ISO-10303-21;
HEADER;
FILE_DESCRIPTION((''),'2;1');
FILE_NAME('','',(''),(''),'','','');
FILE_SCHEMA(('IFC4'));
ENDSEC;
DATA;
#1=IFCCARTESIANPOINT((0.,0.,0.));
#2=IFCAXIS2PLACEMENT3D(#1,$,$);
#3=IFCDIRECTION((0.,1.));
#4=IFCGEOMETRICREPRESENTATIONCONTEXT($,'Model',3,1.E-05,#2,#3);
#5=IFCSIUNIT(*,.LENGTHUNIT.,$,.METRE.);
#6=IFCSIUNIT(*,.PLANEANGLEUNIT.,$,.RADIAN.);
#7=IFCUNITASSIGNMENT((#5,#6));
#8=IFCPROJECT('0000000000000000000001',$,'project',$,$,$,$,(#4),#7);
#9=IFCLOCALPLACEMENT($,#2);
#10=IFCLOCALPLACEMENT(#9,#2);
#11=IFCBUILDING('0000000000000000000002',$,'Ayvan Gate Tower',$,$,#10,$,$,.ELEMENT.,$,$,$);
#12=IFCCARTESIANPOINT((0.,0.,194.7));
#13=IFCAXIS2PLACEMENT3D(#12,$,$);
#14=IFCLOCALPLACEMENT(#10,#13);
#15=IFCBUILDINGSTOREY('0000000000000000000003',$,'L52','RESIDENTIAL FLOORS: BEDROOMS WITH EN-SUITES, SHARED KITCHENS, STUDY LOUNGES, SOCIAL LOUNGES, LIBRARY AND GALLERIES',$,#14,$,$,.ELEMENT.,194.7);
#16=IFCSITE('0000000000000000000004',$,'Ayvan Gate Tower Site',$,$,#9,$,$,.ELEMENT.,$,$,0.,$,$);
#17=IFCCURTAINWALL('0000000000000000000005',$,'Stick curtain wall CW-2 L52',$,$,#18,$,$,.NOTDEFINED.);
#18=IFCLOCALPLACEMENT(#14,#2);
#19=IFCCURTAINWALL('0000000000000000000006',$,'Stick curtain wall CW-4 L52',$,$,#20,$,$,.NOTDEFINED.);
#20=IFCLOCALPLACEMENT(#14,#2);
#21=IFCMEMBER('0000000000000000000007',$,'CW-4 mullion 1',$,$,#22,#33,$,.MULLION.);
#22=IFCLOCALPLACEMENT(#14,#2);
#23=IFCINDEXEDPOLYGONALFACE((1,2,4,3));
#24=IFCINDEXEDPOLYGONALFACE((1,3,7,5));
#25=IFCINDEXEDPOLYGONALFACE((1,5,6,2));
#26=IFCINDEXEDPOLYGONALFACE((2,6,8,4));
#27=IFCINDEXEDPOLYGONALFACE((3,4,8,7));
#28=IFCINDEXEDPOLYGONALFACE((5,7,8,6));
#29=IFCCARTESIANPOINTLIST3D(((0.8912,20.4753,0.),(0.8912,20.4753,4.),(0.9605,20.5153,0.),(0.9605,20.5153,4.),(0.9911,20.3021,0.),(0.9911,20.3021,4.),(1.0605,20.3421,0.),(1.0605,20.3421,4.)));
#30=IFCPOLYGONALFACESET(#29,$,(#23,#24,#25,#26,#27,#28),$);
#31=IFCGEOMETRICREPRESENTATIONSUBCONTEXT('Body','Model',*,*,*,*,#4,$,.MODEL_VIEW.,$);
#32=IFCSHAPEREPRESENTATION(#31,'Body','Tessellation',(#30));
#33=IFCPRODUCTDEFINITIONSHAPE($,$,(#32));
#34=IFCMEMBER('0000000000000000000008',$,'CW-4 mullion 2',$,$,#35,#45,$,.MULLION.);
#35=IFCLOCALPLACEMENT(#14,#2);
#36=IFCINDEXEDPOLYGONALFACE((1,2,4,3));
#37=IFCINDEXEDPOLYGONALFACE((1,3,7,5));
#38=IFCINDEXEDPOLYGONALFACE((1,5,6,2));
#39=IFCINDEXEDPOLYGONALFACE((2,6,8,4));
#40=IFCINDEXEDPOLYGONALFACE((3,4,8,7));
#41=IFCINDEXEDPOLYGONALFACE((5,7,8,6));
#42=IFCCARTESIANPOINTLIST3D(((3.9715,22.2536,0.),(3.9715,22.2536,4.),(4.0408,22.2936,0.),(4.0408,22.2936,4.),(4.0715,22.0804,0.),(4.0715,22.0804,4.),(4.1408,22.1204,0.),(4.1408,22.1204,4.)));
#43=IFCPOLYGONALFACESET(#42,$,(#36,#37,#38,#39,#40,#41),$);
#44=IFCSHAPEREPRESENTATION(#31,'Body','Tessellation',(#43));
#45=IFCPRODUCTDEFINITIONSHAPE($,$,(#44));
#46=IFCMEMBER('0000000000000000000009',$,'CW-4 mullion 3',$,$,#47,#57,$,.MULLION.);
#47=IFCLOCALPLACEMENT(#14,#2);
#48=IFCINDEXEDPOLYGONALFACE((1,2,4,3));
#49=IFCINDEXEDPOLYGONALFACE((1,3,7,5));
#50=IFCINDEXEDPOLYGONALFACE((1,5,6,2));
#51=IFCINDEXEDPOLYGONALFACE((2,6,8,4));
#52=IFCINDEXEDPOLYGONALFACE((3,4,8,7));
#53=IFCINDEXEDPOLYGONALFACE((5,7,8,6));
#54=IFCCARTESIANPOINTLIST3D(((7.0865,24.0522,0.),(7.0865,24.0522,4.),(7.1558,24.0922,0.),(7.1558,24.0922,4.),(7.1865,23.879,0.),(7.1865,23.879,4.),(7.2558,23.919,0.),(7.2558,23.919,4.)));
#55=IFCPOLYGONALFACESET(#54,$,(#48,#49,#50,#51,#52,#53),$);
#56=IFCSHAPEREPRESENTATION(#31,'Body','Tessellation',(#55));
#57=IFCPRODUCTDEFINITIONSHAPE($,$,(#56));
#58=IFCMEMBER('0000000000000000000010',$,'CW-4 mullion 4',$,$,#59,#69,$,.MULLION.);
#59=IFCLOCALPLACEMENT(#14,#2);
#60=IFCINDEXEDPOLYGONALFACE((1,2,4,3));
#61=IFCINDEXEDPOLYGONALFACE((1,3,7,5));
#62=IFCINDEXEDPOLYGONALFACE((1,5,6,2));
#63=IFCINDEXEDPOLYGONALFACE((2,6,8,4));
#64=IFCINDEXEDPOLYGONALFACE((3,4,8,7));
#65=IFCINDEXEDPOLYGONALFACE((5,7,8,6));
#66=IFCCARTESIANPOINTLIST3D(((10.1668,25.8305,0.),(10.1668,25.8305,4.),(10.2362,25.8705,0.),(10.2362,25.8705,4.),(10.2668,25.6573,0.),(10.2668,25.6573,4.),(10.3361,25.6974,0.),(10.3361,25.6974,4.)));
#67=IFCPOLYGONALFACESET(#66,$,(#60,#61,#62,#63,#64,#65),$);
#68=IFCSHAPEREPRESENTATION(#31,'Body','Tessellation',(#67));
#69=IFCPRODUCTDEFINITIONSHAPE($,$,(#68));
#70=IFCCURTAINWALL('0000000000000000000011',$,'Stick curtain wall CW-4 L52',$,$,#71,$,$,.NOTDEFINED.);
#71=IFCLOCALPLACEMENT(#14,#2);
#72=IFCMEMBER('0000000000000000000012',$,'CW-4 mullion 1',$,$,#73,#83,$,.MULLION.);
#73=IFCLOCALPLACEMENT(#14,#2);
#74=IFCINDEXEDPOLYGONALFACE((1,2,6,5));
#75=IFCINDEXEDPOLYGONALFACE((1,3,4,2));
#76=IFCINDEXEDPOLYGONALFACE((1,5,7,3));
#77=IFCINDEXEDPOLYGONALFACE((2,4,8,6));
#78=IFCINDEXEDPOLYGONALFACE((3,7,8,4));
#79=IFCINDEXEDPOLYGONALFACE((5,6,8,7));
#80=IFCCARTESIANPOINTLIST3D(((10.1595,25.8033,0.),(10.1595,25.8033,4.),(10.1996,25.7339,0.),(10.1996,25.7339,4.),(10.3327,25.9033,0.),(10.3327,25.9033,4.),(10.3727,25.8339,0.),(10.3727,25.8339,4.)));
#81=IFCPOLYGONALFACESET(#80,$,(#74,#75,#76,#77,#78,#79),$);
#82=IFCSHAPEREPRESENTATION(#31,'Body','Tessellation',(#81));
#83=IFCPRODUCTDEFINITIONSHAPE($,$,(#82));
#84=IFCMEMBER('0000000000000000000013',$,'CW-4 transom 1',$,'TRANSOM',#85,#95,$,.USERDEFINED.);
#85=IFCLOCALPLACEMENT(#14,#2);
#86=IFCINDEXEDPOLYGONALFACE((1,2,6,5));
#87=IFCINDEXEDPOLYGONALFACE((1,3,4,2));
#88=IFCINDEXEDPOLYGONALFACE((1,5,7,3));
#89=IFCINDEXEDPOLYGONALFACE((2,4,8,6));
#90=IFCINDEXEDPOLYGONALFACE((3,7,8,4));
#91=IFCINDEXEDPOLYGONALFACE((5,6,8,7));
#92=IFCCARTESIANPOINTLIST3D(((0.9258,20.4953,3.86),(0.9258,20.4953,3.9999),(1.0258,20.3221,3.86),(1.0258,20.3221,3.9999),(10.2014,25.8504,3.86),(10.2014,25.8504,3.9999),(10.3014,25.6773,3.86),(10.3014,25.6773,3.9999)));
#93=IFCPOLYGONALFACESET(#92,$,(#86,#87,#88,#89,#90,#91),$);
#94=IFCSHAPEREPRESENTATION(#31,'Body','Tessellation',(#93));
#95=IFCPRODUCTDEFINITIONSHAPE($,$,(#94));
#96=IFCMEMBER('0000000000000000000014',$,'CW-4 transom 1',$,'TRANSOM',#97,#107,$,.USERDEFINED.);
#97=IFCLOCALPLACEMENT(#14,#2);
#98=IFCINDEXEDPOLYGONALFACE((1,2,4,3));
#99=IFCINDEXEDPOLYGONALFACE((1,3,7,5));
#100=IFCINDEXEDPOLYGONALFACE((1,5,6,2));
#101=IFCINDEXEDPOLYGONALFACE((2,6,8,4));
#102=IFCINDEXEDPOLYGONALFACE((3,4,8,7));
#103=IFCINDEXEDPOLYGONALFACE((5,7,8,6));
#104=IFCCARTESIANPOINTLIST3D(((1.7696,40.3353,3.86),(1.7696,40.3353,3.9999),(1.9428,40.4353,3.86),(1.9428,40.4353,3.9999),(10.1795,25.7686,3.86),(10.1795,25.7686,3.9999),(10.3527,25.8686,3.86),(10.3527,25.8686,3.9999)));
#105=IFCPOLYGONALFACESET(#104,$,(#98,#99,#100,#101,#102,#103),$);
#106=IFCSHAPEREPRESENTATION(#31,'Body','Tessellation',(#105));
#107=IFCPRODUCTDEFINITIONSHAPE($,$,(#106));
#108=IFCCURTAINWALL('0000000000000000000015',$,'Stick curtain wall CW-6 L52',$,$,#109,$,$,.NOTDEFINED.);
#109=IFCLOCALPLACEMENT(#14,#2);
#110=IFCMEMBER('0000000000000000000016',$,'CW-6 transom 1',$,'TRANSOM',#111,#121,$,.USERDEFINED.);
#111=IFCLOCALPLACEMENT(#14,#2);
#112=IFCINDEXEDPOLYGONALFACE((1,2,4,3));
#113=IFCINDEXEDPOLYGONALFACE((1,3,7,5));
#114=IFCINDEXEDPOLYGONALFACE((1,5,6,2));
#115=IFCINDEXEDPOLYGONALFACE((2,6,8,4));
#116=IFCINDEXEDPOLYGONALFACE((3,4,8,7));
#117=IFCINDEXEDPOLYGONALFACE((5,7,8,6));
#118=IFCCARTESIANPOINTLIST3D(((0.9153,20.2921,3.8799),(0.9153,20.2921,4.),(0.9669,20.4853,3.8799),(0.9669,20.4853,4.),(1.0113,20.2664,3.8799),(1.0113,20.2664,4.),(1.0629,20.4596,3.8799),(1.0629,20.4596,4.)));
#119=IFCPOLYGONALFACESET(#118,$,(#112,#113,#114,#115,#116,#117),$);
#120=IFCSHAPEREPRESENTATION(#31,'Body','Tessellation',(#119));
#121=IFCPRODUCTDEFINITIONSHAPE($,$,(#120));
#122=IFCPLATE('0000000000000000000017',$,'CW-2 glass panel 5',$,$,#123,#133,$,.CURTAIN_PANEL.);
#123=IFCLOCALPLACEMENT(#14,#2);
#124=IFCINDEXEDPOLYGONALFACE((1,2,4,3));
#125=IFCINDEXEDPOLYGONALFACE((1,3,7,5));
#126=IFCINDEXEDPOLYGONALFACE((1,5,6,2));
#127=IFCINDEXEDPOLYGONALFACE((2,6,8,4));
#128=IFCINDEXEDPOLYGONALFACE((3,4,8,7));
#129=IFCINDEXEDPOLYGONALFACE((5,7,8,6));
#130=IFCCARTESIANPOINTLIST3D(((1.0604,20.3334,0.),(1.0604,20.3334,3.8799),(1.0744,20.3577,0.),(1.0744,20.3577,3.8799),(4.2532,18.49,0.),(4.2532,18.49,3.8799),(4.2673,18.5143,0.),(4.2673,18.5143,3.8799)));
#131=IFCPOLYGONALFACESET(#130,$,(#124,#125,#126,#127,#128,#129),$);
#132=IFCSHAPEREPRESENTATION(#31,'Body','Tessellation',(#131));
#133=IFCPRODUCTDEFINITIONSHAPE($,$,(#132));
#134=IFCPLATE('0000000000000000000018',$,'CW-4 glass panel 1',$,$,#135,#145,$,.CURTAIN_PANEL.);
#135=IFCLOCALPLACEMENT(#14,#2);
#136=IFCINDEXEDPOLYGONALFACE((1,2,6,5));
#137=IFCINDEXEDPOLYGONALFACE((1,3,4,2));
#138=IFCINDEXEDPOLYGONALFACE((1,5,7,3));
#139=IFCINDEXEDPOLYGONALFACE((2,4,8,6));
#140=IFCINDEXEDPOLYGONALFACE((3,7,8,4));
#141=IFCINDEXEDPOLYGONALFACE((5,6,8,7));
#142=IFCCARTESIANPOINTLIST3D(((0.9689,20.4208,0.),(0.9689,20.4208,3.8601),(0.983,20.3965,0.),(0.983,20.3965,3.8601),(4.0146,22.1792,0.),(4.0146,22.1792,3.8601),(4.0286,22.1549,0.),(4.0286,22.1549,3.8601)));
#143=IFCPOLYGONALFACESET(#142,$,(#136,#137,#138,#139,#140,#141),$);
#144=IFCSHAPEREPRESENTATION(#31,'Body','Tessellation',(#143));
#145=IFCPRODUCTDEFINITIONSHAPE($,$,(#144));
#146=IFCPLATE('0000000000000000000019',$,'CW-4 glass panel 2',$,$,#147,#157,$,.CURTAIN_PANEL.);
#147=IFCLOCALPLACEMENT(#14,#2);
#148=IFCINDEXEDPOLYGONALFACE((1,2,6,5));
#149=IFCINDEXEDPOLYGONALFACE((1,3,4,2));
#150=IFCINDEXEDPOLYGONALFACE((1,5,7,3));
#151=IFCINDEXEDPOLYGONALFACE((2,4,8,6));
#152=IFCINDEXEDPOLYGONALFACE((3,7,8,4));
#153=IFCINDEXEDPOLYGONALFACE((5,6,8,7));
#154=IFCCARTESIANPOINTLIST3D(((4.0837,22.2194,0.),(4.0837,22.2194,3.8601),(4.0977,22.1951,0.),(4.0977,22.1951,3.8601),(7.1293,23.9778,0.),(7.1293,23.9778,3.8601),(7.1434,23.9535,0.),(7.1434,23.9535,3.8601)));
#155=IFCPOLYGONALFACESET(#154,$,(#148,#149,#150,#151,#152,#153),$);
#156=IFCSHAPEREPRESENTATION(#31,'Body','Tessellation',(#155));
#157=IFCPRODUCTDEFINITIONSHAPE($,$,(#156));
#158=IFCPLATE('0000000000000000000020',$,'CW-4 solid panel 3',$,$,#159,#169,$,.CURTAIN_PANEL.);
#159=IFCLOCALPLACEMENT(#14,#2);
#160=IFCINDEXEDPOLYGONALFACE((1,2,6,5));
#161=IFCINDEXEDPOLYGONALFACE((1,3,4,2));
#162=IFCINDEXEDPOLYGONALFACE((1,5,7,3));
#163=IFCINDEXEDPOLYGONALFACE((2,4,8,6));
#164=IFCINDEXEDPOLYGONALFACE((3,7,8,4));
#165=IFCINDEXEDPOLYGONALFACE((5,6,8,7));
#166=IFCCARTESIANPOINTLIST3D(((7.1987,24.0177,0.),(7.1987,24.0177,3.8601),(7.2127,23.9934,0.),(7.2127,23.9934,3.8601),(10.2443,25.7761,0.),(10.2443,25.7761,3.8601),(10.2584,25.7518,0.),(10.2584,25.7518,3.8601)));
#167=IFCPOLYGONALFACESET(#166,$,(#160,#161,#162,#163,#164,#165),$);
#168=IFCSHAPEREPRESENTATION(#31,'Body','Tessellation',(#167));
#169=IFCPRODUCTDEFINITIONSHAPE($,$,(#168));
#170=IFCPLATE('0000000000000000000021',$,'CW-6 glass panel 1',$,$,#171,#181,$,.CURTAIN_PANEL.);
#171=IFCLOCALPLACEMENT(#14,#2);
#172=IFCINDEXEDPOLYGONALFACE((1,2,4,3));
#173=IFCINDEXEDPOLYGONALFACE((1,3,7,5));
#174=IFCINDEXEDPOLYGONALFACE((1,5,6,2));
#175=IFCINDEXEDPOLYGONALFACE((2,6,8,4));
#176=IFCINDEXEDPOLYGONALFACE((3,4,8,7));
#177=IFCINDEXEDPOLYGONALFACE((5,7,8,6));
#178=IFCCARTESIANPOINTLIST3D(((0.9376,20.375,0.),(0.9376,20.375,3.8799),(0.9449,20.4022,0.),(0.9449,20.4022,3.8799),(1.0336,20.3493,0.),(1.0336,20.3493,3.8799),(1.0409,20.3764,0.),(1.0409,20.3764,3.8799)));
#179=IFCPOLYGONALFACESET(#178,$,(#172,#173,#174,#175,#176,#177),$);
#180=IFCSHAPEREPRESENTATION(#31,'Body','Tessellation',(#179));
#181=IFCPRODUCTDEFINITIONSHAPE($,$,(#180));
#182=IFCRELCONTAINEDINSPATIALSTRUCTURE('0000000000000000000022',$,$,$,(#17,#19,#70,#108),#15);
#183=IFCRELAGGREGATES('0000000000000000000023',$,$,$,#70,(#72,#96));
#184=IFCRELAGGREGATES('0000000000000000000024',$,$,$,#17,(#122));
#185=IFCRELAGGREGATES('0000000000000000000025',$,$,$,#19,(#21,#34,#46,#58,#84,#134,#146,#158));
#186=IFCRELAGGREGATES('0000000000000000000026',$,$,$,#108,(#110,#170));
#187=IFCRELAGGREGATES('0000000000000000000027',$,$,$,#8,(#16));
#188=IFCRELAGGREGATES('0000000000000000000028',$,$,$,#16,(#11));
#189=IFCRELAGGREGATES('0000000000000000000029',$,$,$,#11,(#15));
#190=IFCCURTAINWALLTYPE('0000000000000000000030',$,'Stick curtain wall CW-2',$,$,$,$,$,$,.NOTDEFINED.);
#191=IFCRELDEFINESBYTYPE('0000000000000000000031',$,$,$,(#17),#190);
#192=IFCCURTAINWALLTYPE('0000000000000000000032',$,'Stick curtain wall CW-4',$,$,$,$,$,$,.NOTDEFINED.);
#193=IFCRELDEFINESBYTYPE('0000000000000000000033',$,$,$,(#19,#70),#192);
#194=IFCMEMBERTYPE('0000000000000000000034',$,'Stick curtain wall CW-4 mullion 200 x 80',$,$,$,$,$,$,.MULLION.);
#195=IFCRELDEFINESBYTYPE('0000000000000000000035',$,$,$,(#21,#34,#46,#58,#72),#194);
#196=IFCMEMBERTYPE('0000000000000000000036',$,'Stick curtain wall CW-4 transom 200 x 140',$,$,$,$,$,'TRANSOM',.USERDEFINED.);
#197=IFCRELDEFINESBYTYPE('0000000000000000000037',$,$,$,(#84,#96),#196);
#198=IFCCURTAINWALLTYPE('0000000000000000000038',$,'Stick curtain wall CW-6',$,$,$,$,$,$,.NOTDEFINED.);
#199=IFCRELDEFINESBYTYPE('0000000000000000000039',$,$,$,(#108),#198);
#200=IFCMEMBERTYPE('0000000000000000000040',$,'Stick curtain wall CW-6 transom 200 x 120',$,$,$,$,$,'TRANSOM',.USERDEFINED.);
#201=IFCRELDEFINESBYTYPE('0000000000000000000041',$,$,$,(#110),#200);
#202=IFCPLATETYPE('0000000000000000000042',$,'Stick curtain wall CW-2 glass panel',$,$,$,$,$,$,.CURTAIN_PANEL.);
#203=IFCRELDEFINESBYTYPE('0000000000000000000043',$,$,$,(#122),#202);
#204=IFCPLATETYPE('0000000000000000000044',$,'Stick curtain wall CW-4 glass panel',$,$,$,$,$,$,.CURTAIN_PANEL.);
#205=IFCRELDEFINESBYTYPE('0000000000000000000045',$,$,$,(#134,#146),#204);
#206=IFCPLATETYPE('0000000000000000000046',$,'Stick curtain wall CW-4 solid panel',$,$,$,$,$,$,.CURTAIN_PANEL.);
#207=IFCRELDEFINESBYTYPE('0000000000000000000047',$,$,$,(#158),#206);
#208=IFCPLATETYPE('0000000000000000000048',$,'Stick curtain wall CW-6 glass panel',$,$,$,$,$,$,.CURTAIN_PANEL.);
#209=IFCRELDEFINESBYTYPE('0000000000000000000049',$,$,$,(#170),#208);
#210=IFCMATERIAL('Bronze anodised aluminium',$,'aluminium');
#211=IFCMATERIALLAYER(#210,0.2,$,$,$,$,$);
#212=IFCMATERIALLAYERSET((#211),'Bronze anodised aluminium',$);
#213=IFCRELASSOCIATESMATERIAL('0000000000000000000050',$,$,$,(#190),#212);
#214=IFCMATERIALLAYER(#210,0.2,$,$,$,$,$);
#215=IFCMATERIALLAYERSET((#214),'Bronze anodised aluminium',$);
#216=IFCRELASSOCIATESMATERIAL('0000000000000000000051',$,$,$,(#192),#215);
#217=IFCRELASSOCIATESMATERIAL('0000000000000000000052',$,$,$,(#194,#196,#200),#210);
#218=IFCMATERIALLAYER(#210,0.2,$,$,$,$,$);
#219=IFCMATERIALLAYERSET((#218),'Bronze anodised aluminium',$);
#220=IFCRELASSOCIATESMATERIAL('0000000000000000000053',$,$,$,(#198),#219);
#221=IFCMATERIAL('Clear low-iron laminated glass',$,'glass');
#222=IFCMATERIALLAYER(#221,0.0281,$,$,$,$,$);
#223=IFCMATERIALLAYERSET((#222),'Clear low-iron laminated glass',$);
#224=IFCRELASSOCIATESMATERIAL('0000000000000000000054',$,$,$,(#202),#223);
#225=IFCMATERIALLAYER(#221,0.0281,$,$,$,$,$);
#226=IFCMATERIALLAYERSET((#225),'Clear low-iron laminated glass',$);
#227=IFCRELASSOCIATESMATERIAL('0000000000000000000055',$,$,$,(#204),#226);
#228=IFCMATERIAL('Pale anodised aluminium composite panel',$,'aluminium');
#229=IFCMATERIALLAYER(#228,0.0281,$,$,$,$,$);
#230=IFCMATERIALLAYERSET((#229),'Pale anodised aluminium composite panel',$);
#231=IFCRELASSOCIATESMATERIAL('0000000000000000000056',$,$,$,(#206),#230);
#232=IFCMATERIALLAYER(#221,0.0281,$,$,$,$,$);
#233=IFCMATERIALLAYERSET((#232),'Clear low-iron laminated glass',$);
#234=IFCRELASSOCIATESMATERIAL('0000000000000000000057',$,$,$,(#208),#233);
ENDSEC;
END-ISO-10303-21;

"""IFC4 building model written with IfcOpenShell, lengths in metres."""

from ifc_helpers import new_model, si_unit, direction, frame, origin, origin_2d, place, context, subcontext, project, spatial, rectangle, extrude, material, layer, layer_set, material_profile, profile_set, type_object, element, aggregate, save


model = new_model("IFC4")

# Units and contexts
model_context = context("Model", 3, precision=1e-05, world=origin(), true_north=direction((0.0, 1.0)))
body_context = subcontext(model_context, "Body", "Model", "MODEL_VIEW")
ifc_project = project(units=[si_unit("LENGTHUNIT", "METRE"), si_unit("PLANEANGLEUNIT", "RADIAN")], contexts=[model_context])

# Site, building, storey
site_placement = place(None, origin())
site = spatial("IfcSite", under=ifc_project, at=site_placement, Name="Ayvan Gate Tower Site", CompositionType="ELEMENT", RefElevation=0.0)
building_placement = place(site_placement, origin())
building = spatial("IfcBuilding", under=site, at=building_placement, Name="Ayvan Gate Tower", CompositionType="ELEMENT")
storey_placement = place(building_placement, frame((0.0, 0.0, 194.7)))
storey = spatial("IfcBuildingStorey", under=building, at=storey_placement, Name="L52", Description="RESIDENTIAL FLOORS: BEDROOMS WITH EN-SUITES, SHARED KITCHENS, STUDY LOUNGES, SOCIAL LOUNGES, LIBRARY AND GALLERIES", CompositionType="ELEMENT", Elevation=194.7)

# Curtain walls, members
ifc_material_1 = material(Name="Bronze anodised aluminium", Category="aluminium")
ifc_layer_1 = layer(ifc_material_1, 0.2)
ifc_layer_set_1 = layer_set([ifc_layer_1], Name="Bronze anodised aluminium")
curtain_wall_type_1 = type_object("IfcCurtainWallType", Name="Stick curtain wall CW-2", PredefinedType="NOTDEFINED", material=ifc_layer_set_1)
curtain_wall_1_placement = place(storey_placement, origin())
curtain_wall_1 = element("IfcCurtainWall", 1, at=curtain_wall_1_placement, inside=storey, type_object=curtain_wall_type_1, Name="Stick curtain wall CW-2 L52", PredefinedType="NOTDEFINED")
ifc_layer_2 = layer(ifc_material_1, 0.2)
ifc_layer_set_2 = layer_set([ifc_layer_2], Name="Bronze anodised aluminium")
curtain_wall_type_2 = type_object("IfcCurtainWallType", Name="Stick curtain wall CW-4", PredefinedType="NOTDEFINED", material=ifc_layer_set_2)
curtain_wall_2_placement = place(storey_placement, origin())
curtain_wall_2 = element("IfcCurtainWall", 2, at=curtain_wall_2_placement, inside=storey, type_object=curtain_wall_type_2, Name="Stick curtain wall CW-4 L52", PredefinedType="NOTDEFINED")
ifc_material_profile_1 = material_profile(ifc_material_1, rectangle(XDim=0.2, YDim=0.0801, at=origin_2d()), Name="Stick curtain wall CW-4 mullion 200 x 80")
ifc_profile_set_1 = profile_set([ifc_material_profile_1], Name="Bronze anodised aluminium")
member_type_1 = type_object("IfcMemberType", Name="Stick curtain wall CW-4 mullion 200 x 80", PredefinedType="MULLION", material=ifc_profile_set_1)
member_1_placement = place(storey_placement, frame((0.9758, 20.4087, 0.0), z_axis=(0.0, 0.0, 1.0), x_axis=(0.5, -0.866025, 0.0)))
member_1 = element("IfcMember", 3, at=member_1_placement, type_object=member_type_1, Name="CW-4 mullion 1", PredefinedType="MULLION", context=body_context, shape_type="SweptSolid", body=[
    extrude(rectangle(XDim=0.2, YDim=0.0801, at=origin_2d()), origin(), (0.0, 0.0, 1.0), 4.0),
])
member_2_placement = place(storey_placement, frame((4.0562, 22.187, 0.0), z_axis=(0.0, 0.0, 1.0), x_axis=(0.5, -0.866025, 0.0)))
member_2 = element("IfcMember", 4, at=member_2_placement, type_object=member_type_1, Name="CW-4 mullion 2", PredefinedType="MULLION", context=body_context, shape_type="SweptSolid", body=[
    extrude(rectangle(XDim=0.2, YDim=0.0801, at=origin_2d()), origin(), (0.0, 0.0, 1.0), 4.0),
])
member_3_placement = place(storey_placement, frame((7.1711, 23.9856, 0.0), z_axis=(0.0, 0.0, 1.0), x_axis=(0.5, -0.866025, 0.0)))
member_3 = element("IfcMember", 5, at=member_3_placement, type_object=member_type_1, Name="CW-4 mullion 3", PredefinedType="MULLION", context=body_context, shape_type="SweptSolid", body=[
    extrude(rectangle(XDim=0.2, YDim=0.0801, at=origin_2d()), origin(), (0.0, 0.0, 1.0), 4.0),
])
member_4_placement = place(storey_placement, frame((10.2515, 25.7639, 0.0), z_axis=(0.0, 0.0, 1.0), x_axis=(0.5, -0.866025, 0.0)))
member_4 = element("IfcMember", 6, at=member_4_placement, type_object=member_type_1, Name="CW-4 mullion 4", PredefinedType="MULLION", context=body_context, shape_type="SweptSolid", body=[
    extrude(rectangle(XDim=0.2, YDim=0.0801, at=origin_2d()), origin(), (0.0, 0.0, 1.0), 4.0),
])

# Curtain wall, member
curtain_wall_3_placement = place(storey_placement, origin())
curtain_wall_3 = element("IfcCurtainWall", 7, at=curtain_wall_3_placement, inside=storey, type_object=curtain_wall_type_2, Name="Stick curtain wall CW-4 L52", PredefinedType="NOTDEFINED")
member_5_placement = place(storey_placement, frame((10.2661, 25.8186, 0.0), z_axis=(0.0, 0.0, 1.0), x_axis=(0.866025, 0.5, 0.0)))
member_5 = element("IfcMember", 8, at=member_5_placement, type_object=member_type_1, Name="CW-4 mullion 1", PredefinedType="MULLION", context=body_context, shape_type="SweptSolid", body=[
    extrude(rectangle(XDim=0.2, YDim=0.0801, at=origin_2d()), origin(), (0.0, 0.0, 1.0), 4.0),
])

# Members
ifc_material_profile_2 = material_profile(ifc_material_1, rectangle(XDim=0.2, YDim=0.1399, at=origin_2d()), Name="Stick curtain wall CW-4 transom 200 x 140")
ifc_profile_set_2 = profile_set([ifc_material_profile_2], Name="Bronze anodised aluminium")
member_type_2 = type_object("IfcMemberType", Name="Stick curtain wall CW-4 transom 200 x 140", ElementType="TRANSOM", PredefinedType="USERDEFINED", material=ifc_profile_set_2)
member_6_placement = place(storey_placement, frame((0.9758, 20.4087, 3.9299), z_axis=(0.866028, 0.499995, 0.0), x_axis=(-0.499995, 0.866028, 0.0)))
member_6 = element("IfcMember", 9, at=member_6_placement, type_object=member_type_2, Name="CW-4 transom 1", ObjectType="TRANSOM", PredefinedType="USERDEFINED", context=body_context, shape_type="SweptSolid", body=[
    extrude(rectangle(XDim=0.2, YDim=0.1399, at=origin_2d()), origin(), (0.0, 0.0, 1.0), 10.7104),
])
member_7_placement = place(storey_placement, frame((10.2661, 25.8186, 3.9299), z_axis=(-0.499993, 0.866029, 0.0), x_axis=(-0.866029, -0.499993, 0.0)))
member_7 = element("IfcMember", 10, at=member_7_placement, type_object=member_type_2, Name="CW-4 transom 1", ObjectType="TRANSOM", PredefinedType="USERDEFINED", context=body_context, shape_type="SweptSolid", body=[
    extrude(rectangle(XDim=0.2, YDim=0.1399, at=origin_2d()), origin(), (0.0, 0.0, 1.0), 16.8201),
])
aggregate(curtain_wall_3, [member_5, member_7])

# Curtain wall, member
ifc_layer_3 = layer(ifc_material_1, 0.2)
ifc_layer_set_3 = layer_set([ifc_layer_3], Name="Bronze anodised aluminium")
curtain_wall_type_3 = type_object("IfcCurtainWallType", Name="Stick curtain wall CW-6", PredefinedType="NOTDEFINED", material=ifc_layer_set_3)
curtain_wall_4_placement = place(storey_placement, origin())
curtain_wall_4 = element("IfcCurtainWall", 11, at=curtain_wall_4_placement, inside=storey, type_object=curtain_wall_type_3, Name="Stick curtain wall CW-6 L52", PredefinedType="NOTDEFINED")
ifc_material_profile_3 = material_profile(ifc_material_1, rectangle(XDim=0.2, YDim=0.1201, at=origin_2d()), Name="Stick curtain wall CW-6 transom 200 x 120")
ifc_profile_set_3 = profile_set([ifc_material_profile_3], Name="Bronze anodised aluminium")
member_type_3 = type_object("IfcMemberType", Name="Stick curtain wall CW-6 transom 200 x 120", ElementType="TRANSOM", PredefinedType="USERDEFINED", material=ifc_profile_set_3)
member_8_placement = place(storey_placement, frame((1.0371, 20.363, 3.9399), z_axis=(-0.966112, 0.258122, 0.0), x_axis=(-0.258122, -0.966112, 0.0)))
member_8 = element("IfcMember", 12, at=member_8_placement, type_object=member_type_3, Name="CW-6 transom 1", ObjectType="TRANSOM", PredefinedType="USERDEFINED", context=body_context, shape_type="SweptSolid", body=[
    extrude(rectangle(XDim=0.2, YDim=0.1201, at=origin_2d()), origin(), (0.0, 0.0, 1.0), 0.0994),
])

# Plates
ifc_material_2 = material(Name="Clear low-iron laminated glass", Category="glass")
ifc_layer_4 = layer(ifc_material_2, 0.0281)
ifc_layer_set_4 = layer_set([ifc_layer_4], Name="Clear low-iron laminated glass")
plate_type_1 = type_object("IfcPlateType", Name="Stick curtain wall CW-2 glass panel", PredefinedType="CURTAIN_PANEL", material=ifc_layer_set_4)
plate_1_placement = place(storey_placement, frame((2.6638, 19.4238, 0.0), z_axis=(0.0, 0.0, 1.0), x_axis=(-0.866025, 0.5, 0.0)))
plate_1 = element("IfcPlate", 13, at=plate_1_placement, type_object=plate_type_1, Name="CW-2 glass panel 5", PredefinedType="CURTAIN_PANEL", context=body_context, shape_type="SweptSolid", body=[
    extrude(rectangle(XDim=3.6868, YDim=0.0281, at=origin_2d()), origin(), (0.0, 0.0, 1.0), 3.8799),
])
aggregate(curtain_wall_1, [plate_1])
ifc_layer_5 = layer(ifc_material_2, 0.0281)
ifc_layer_set_5 = layer_set([ifc_layer_5], Name="Clear low-iron laminated glass")
plate_type_2 = type_object("IfcPlateType", Name="Stick curtain wall CW-4 glass panel", PredefinedType="CURTAIN_PANEL", material=ifc_layer_set_5)
plate_2_placement = place(storey_placement, frame((2.4988, 21.2878, 0.0), z_axis=(0.0, 0.0, 1.0), x_axis=(0.866025, 0.5, 0.0)))
plate_2 = element("IfcPlate", 14, at=plate_2_placement, type_object=plate_type_2, Name="CW-4 glass panel 1", PredefinedType="CURTAIN_PANEL", context=body_context, shape_type="SweptSolid", body=[
    extrude(rectangle(XDim=3.5168, YDim=0.0281, at=origin_2d()), origin(), (0.0, 0.0, 1.0), 3.8601),
])
plate_3_placement = place(storey_placement, frame((5.6135, 23.0864, 0.0), z_axis=(0.0, 0.0, 1.0), x_axis=(0.866025, 0.5, 0.0)))
plate_3 = element("IfcPlate", 15, at=plate_3_placement, type_object=plate_type_2, Name="CW-4 glass panel 2", PredefinedType="CURTAIN_PANEL", context=body_context, shape_type="SweptSolid", body=[
    extrude(rectangle(XDim=3.5168, YDim=0.0281, at=origin_2d()), origin(), (0.0, 0.0, 1.0), 3.8601),
])
ifc_material_3 = material(Name="Pale anodised aluminium composite panel", Category="aluminium")
ifc_layer_6 = layer(ifc_material_3, 0.0281)
ifc_layer_set_6 = layer_set([ifc_layer_6], Name="Pale anodised aluminium composite panel")
plate_type_3 = type_object("IfcPlateType", Name="Stick curtain wall CW-4 solid panel", PredefinedType="CURTAIN_PANEL", material=ifc_layer_set_6)
plate_4_placement = place(storey_placement, frame((8.7285, 24.8848, 0.0), z_axis=(0.0, 0.0, 1.0), x_axis=(0.866025, 0.5, 0.0)))
plate_4 = element("IfcPlate", 16, at=plate_4_placement, type_object=plate_type_3, Name="CW-4 solid panel 3", PredefinedType="CURTAIN_PANEL", context=body_context, shape_type="SweptSolid", body=[
    extrude(rectangle(XDim=3.5168, YDim=0.0281, at=origin_2d()), origin(), (0.0, 0.0, 1.0), 3.8601),
])
aggregate(curtain_wall_2, [member_1, member_2, member_3, member_4, member_6, plate_2, plate_3, plate_4])
ifc_layer_7 = layer(ifc_material_2, 0.0281)
ifc_layer_set_7 = layer_set([ifc_layer_7], Name="Clear low-iron laminated glass")
plate_type_4 = type_object("IfcPlateType", Name="Stick curtain wall CW-6 glass panel", PredefinedType="CURTAIN_PANEL", material=ifc_layer_set_7)
plate_5_placement = place(storey_placement, frame((0.9893, 20.3757, 0.0), z_axis=(0.0, 0.0, 1.0), x_axis=(-0.965926, 0.258819, 0.0)))
plate_5 = element("IfcPlate", 17, at=plate_5_placement, type_object=plate_type_4, Name="CW-6 glass panel 1", PredefinedType="CURTAIN_PANEL", context=body_context, shape_type="SweptSolid", body=[
    extrude(rectangle(XDim=0.0994, YDim=0.0281, at=origin_2d()), origin(), (0.0, 0.0, 1.0), 3.8799),
])
aggregate(curtain_wall_4, [member_8, plate_5])

save(model, "model.ifc")
